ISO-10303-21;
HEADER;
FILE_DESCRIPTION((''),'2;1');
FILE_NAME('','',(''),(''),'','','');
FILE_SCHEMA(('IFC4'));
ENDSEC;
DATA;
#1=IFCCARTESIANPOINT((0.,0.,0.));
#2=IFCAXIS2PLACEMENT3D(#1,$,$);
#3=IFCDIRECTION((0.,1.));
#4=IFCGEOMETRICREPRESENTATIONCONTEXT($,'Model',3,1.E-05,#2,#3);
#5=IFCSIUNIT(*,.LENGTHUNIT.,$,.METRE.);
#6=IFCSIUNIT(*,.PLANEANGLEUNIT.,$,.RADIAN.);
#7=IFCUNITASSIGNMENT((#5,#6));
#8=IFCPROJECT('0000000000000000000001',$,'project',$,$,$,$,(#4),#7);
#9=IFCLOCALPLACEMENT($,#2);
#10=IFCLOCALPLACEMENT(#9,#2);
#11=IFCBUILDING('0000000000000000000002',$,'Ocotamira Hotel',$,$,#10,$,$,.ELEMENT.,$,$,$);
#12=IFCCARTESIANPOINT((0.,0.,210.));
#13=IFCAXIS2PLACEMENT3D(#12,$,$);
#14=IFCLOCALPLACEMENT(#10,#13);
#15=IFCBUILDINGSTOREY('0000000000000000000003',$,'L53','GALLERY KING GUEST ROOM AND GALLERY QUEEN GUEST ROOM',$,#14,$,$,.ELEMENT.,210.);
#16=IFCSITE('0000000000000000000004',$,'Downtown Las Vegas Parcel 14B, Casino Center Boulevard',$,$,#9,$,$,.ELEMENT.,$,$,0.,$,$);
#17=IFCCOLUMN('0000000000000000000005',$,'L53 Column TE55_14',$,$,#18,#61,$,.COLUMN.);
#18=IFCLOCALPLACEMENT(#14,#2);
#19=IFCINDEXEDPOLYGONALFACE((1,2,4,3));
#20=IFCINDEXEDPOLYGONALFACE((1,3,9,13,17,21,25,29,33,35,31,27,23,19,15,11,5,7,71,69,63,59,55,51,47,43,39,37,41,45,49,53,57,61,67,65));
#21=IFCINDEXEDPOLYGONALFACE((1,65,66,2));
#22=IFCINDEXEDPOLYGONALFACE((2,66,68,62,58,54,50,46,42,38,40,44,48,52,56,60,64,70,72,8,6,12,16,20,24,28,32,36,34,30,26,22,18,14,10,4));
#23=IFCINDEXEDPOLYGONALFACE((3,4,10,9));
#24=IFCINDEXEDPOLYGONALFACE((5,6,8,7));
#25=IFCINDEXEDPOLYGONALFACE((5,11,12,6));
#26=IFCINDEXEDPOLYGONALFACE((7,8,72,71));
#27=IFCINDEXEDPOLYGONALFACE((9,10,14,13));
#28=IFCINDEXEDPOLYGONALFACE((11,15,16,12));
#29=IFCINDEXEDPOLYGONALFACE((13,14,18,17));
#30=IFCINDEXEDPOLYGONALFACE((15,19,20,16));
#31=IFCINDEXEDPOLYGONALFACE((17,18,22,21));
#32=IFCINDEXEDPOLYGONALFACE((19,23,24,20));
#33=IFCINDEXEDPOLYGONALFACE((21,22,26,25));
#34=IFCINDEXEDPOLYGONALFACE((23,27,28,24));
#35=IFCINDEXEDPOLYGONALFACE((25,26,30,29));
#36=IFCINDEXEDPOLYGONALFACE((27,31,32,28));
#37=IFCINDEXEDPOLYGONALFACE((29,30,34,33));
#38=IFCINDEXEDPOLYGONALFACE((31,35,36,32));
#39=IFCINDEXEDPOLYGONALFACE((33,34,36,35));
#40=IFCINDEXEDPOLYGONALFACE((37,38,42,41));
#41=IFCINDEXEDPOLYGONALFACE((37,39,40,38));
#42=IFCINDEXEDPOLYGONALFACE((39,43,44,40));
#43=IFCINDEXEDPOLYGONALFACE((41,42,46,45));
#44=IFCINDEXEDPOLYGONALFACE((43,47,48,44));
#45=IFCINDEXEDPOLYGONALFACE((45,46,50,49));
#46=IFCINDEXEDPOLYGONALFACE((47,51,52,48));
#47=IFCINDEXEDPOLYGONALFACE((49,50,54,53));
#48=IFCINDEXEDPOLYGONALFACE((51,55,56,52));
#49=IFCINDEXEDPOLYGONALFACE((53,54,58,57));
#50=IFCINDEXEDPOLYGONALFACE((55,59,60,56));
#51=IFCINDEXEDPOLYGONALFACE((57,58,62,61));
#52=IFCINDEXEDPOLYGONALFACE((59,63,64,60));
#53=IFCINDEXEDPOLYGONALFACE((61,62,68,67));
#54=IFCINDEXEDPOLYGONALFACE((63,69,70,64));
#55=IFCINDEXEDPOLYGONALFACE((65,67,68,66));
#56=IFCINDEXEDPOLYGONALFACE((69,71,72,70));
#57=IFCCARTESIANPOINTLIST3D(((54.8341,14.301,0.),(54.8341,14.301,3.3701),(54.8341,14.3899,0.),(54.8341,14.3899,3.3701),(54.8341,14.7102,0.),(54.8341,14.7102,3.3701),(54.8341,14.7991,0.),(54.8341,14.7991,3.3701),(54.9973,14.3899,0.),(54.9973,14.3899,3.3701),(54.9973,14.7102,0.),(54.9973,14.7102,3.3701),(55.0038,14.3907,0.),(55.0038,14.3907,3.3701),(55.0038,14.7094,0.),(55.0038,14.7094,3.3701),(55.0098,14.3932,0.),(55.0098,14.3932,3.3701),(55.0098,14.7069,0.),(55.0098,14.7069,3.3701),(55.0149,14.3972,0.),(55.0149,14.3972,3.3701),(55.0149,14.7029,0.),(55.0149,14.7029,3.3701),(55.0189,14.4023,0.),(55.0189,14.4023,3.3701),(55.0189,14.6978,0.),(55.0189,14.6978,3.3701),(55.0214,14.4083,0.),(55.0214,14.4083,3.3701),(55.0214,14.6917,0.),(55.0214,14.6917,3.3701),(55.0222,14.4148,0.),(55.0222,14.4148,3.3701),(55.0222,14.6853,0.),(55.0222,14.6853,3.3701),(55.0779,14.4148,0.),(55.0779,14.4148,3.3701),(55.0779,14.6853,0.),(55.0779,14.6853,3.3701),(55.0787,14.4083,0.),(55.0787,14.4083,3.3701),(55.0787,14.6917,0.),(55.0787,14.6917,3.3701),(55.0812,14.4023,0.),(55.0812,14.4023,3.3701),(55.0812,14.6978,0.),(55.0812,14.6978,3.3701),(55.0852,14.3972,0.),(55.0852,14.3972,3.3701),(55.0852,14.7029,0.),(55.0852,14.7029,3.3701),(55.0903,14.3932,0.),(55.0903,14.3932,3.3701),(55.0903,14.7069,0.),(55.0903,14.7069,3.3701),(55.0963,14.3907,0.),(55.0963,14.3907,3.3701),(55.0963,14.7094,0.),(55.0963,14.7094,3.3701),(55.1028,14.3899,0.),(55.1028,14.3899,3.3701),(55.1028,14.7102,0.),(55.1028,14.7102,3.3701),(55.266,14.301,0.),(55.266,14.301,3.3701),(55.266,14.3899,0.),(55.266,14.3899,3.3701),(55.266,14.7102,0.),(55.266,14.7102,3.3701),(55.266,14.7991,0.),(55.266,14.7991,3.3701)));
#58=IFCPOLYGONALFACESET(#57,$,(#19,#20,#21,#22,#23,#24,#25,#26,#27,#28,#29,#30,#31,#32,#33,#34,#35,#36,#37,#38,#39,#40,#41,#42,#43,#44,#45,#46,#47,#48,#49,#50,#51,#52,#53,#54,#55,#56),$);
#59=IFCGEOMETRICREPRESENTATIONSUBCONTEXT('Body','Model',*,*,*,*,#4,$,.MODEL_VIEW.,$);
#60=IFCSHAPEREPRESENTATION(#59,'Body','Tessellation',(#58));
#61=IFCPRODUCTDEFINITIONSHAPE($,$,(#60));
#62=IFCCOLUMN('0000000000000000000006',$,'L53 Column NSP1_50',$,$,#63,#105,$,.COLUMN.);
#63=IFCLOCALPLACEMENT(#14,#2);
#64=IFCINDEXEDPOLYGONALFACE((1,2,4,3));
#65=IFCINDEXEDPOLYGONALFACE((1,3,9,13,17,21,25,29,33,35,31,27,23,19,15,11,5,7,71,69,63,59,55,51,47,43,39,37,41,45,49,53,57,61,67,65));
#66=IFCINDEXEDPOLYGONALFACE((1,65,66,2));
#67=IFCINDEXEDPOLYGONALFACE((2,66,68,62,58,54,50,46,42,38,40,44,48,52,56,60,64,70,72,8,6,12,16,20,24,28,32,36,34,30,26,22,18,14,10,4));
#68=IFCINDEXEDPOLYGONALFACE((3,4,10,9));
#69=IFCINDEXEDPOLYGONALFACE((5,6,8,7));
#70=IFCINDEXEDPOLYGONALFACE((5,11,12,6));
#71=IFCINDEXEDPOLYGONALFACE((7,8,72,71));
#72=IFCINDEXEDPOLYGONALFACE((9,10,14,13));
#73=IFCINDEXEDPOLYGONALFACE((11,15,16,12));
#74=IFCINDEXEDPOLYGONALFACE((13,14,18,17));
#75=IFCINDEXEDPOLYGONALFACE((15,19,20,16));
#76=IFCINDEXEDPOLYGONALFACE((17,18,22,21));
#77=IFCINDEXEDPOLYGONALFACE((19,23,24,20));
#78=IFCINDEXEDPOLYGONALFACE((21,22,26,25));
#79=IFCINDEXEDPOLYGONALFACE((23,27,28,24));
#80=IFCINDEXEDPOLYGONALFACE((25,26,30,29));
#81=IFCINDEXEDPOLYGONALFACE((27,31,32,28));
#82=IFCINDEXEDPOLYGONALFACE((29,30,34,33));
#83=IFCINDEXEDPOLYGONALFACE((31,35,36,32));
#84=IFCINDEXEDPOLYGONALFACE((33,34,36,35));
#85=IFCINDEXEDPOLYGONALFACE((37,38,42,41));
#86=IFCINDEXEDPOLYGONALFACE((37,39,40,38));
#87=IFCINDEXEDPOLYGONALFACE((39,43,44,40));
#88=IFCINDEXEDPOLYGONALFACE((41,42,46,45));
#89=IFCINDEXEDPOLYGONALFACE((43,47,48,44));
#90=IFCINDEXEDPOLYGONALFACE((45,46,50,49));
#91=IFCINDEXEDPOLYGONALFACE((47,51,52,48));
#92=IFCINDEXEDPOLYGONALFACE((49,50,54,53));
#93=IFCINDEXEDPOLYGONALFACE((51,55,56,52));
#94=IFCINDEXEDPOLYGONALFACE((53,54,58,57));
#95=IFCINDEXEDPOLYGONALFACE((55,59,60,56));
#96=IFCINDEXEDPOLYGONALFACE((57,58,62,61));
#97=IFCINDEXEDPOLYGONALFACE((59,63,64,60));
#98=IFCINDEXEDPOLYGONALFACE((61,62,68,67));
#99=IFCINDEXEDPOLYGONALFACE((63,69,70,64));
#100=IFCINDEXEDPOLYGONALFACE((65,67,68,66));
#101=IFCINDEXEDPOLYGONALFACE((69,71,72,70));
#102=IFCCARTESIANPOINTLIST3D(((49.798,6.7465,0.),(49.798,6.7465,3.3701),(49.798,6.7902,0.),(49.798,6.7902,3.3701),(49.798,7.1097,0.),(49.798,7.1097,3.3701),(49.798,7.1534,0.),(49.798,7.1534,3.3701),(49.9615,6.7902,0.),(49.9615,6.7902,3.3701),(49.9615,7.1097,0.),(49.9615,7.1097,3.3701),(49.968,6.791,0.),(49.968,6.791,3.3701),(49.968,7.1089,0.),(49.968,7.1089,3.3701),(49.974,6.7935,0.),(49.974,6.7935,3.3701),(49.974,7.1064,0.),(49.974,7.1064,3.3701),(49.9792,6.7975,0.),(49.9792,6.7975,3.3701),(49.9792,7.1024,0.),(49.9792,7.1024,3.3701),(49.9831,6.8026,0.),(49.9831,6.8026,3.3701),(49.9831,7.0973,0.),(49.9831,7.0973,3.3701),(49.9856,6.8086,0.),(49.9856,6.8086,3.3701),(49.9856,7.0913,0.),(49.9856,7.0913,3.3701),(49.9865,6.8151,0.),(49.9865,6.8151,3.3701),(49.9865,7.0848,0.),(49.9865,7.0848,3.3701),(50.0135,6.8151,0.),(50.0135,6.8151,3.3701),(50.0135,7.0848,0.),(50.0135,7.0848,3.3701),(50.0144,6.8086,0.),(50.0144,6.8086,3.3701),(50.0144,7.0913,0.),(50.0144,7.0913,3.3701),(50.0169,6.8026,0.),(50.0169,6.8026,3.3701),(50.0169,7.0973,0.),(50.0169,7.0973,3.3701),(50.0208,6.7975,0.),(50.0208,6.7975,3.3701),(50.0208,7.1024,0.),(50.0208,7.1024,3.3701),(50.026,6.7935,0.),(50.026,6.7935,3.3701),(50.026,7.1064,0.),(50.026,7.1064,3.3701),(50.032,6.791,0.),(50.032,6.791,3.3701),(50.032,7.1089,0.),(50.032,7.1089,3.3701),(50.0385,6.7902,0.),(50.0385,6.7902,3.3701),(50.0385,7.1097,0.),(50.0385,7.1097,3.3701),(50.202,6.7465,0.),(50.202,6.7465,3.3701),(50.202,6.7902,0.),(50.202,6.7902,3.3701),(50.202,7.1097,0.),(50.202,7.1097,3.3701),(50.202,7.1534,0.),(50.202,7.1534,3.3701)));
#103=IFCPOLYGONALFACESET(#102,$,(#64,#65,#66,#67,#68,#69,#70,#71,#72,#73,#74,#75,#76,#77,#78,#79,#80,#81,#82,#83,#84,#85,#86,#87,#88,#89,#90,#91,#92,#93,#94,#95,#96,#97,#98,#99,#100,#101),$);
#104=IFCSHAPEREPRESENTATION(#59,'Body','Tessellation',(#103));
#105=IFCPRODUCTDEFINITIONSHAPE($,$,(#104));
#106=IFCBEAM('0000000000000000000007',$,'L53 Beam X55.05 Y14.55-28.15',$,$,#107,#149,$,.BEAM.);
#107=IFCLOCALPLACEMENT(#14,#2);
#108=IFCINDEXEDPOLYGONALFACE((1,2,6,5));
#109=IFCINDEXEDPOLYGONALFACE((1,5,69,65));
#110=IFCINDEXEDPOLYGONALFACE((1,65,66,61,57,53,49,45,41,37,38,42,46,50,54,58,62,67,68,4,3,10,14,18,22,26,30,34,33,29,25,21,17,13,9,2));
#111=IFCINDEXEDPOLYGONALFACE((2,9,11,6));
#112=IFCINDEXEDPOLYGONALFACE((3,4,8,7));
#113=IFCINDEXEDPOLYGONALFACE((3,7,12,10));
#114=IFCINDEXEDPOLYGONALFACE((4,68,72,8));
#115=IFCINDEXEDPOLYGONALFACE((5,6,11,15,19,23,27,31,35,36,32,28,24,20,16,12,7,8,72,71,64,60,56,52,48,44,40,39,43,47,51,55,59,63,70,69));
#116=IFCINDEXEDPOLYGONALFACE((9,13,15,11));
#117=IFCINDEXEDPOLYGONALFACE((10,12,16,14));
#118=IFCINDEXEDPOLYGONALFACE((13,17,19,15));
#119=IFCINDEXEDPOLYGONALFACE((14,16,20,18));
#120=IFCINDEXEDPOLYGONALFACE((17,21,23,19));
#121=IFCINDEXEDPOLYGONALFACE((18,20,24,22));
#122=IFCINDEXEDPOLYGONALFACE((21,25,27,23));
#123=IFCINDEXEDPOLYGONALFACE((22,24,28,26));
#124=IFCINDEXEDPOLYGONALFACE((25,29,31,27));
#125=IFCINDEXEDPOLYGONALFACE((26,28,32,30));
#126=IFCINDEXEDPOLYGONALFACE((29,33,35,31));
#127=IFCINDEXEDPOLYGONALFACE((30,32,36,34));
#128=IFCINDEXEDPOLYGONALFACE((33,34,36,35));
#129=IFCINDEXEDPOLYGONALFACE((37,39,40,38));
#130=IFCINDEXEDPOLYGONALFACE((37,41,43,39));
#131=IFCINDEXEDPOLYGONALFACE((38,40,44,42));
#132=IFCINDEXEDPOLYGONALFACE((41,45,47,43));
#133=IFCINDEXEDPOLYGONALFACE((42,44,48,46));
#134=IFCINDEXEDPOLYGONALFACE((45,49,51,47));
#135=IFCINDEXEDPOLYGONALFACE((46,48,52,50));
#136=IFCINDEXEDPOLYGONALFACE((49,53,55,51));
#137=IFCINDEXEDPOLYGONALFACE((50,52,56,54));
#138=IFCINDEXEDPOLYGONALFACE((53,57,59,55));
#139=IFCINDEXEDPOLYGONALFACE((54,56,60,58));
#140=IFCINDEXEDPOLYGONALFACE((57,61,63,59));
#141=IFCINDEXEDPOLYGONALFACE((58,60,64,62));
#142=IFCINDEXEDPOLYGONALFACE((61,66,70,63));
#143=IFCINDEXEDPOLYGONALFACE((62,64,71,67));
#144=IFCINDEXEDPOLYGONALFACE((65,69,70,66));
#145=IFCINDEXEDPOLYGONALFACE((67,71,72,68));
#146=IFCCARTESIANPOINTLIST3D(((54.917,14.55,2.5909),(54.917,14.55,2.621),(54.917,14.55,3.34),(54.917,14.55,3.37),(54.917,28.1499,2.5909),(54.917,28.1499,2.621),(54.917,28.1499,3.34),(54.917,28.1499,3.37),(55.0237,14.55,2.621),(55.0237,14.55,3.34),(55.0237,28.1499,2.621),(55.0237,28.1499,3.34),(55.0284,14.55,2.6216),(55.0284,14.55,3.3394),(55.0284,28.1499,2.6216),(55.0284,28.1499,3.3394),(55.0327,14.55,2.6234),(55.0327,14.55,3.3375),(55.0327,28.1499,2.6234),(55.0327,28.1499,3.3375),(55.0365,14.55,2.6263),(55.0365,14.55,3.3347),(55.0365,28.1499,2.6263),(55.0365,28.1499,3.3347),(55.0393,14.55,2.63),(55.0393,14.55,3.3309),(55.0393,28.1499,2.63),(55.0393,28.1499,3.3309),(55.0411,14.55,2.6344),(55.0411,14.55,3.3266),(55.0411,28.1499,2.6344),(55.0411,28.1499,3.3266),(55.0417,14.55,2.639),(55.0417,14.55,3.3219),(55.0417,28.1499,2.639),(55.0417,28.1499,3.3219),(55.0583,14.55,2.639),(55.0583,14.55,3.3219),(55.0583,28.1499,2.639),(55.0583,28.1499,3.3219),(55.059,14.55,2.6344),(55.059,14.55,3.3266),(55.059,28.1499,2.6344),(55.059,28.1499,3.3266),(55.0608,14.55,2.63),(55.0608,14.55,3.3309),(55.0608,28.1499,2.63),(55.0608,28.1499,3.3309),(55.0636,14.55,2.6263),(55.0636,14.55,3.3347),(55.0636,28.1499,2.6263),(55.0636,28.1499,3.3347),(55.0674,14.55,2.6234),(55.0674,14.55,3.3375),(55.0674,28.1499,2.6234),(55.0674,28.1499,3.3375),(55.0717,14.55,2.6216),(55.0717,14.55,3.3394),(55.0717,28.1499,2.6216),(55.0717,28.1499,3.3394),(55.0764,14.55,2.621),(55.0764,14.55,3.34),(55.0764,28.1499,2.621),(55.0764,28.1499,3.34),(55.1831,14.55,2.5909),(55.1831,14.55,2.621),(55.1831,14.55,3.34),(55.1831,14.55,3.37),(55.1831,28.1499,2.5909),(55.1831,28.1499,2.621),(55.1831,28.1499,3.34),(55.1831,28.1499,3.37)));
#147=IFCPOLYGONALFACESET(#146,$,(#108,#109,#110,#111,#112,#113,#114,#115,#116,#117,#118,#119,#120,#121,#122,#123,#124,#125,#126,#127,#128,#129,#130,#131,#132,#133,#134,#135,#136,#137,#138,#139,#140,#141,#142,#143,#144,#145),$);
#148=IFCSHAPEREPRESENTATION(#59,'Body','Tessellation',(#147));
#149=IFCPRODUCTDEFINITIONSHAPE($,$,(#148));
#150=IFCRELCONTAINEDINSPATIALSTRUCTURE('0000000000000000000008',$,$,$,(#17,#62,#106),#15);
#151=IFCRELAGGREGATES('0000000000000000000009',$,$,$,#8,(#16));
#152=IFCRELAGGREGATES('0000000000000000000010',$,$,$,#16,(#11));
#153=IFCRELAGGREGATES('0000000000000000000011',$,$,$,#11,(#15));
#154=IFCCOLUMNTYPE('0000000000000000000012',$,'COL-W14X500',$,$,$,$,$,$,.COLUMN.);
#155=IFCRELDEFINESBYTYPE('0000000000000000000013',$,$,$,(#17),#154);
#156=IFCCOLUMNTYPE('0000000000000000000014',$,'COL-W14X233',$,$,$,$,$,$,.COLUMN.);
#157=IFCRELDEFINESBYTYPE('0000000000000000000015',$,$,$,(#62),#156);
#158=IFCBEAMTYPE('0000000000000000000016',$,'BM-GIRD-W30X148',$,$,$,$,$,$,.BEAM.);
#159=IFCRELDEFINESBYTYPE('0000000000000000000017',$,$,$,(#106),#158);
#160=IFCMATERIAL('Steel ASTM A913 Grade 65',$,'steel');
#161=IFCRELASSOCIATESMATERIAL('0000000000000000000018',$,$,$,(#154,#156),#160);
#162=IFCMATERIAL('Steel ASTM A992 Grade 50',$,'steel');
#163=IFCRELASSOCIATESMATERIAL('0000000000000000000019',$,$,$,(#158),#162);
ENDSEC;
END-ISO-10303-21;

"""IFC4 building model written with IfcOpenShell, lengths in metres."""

from ifc_helpers import new_model, si_unit, direction, frame, origin, origin_2d, place, context, subcontext, project, spatial, i_section, extrude, source, transform, mapped, material, material_profile, profile_set, type_object, element, save


model = new_model("IFC4")

# Units and contexts
model_context = context("Model", 3, precision=1e-05, world=origin(), true_north=direction((0.0, 1.0)))
body_context = subcontext(model_context, "Body", "Model", "MODEL_VIEW")
ifc_project = project(units=[si_unit("LENGTHUNIT", "METRE"), si_unit("PLANEANGLEUNIT", "RADIAN")], contexts=[model_context])

# Site, building, storey
site_placement = place(None, origin())
site = spatial("IfcSite", under=ifc_project, at=site_placement, Name="Downtown Las Vegas Parcel 14B, Casino Center Boulevard", CompositionType="ELEMENT", RefElevation=0.0)
building_placement = place(site_placement, origin())
building = spatial("IfcBuilding", under=site, at=building_placement, Name="Ocotamira Hotel", CompositionType="ELEMENT")
storey_placement = place(building_placement, frame((0.0, 0.0, 210.0)))
storey = spatial("IfcBuildingStorey", under=building, at=storey_placement, Name="L53", Description="GALLERY KING GUEST ROOM AND GALLERY QUEEN GUEST ROOM", CompositionType="ELEMENT", Elevation=210.0)

# Columns
ifc_material_1 = material(Name="Steel ASTM A913 Grade 65", Category="steel")
ifc_material_profile_1 = material_profile(ifc_material_1, i_section(OverallWidth=0.4319, OverallDepth=0.498, WebThickness=0.0557, FlangeThickness=0.0889, FilletRadius=0.0249, at=origin_2d()), Name="W14X500")
ifc_profile_set_1 = profile_set([ifc_material_profile_1], Name="Steel ASTM A913 Grade 65")
column_type_1 = type_object("IfcColumnType", Name="COL-W14X500", PredefinedType="COLUMN", material=ifc_profile_set_1)
shared_shape_1 = source(origin(), body_context, "Body", "SweptSolid", [
    extrude(i_section(OverallWidth=0.4319, OverallDepth=0.498, WebThickness=0.0557, FlangeThickness=0.0889, FilletRadius=0.0249, at=origin_2d()), origin(), (0.0, 0.0, 1.0), 3.3701),
])
column_1_placement = place(storey_placement, frame((55.05, 14.55, 0.0), z_axis=(0.0, 0.0, 1.0), x_axis=(1.0, 0.0, 0.0)))
element("IfcColumn", 1, at=column_1_placement, inside=storey, type_object=column_type_1, Name="L53 Column TE55_14", PredefinedType="COLUMN", context=body_context, shape_type="MappedRepresentation", body=[
    mapped(shared_shape_1, transform((0.0, 0.0, 0.0), scale=1.0)),
])
ifc_material_profile_2 = material_profile(ifc_material_1, i_section(OverallWidth=0.4041, OverallDepth=0.407, WebThickness=0.0271, FlangeThickness=0.0437, FilletRadius=0.0249, at=origin_2d()), Name="W14X233")
ifc_profile_set_2 = profile_set([ifc_material_profile_2], Name="Steel ASTM A913 Grade 65")
column_type_2 = type_object("IfcColumnType", Name="COL-W14X233", PredefinedType="COLUMN", material=ifc_profile_set_2)
shared_shape_2 = source(origin(), body_context, "Body", "SweptSolid", [
    extrude(i_section(OverallWidth=0.4041, OverallDepth=0.407, WebThickness=0.0271, FlangeThickness=0.0437, FilletRadius=0.0249, at=origin_2d()), origin(), (0.0, 0.0, 1.0), 3.3701),
])
column_2_placement = place(storey_placement, frame((50.0, 6.95, 0.0), z_axis=(0.0, 0.0, 1.0), x_axis=(1.0, 0.0, 0.0)))
element("IfcColumn", 2, at=column_2_placement, inside=storey, type_object=column_type_2, Name="L53 Column NSP1_50", PredefinedType="COLUMN", context=body_context, shape_type="MappedRepresentation", body=[
    mapped(shared_shape_2, transform((0.0, 0.0, 0.0), scale=1.0)),
])

# Beam
ifc_material_2 = material(Name="Steel ASTM A992 Grade 50", Category="steel")
ifc_material_profile_3 = material_profile(ifc_material_2, i_section(OverallWidth=0.2661, OverallDepth=0.7791, WebThickness=0.0166, FlangeThickness=0.03, FilletRadius=0.0181, at=origin_2d()), Name="W30X148")
ifc_profile_set_3 = profile_set([ifc_material_profile_3], Name="Steel ASTM A992 Grade 50")
beam_type_1 = type_object("IfcBeamType", Name="BM-GIRD-W30X148", PredefinedType="BEAM", material=ifc_profile_set_3)
shared_shape_3 = source(origin(), body_context, "Body", "SweptSolid", [
    extrude(i_section(OverallWidth=0.2661, OverallDepth=0.7791, WebThickness=0.0166, FlangeThickness=0.03, FilletRadius=0.0181, at=origin_2d()), origin(), (0.0, 0.0, 1.0), 13.5999),
])
beam_1_placement = place(storey_placement, frame((55.05, 14.55, 2.9805), z_axis=(0.0, 1.0, 0.0), x_axis=(-1.0, 0.0, 0.0)))
element("IfcBeam", 3, at=beam_1_placement, inside=storey, type_object=beam_type_1, Name="L53 Beam X55.05 Y14.55-28.15", PredefinedType="BEAM", context=body_context, shape_type="MappedRepresentation", body=[
    mapped(shared_shape_3, transform((0.0, 0.0, 0.0), scale=1.0)),
])

save(model, "model.ifc")
